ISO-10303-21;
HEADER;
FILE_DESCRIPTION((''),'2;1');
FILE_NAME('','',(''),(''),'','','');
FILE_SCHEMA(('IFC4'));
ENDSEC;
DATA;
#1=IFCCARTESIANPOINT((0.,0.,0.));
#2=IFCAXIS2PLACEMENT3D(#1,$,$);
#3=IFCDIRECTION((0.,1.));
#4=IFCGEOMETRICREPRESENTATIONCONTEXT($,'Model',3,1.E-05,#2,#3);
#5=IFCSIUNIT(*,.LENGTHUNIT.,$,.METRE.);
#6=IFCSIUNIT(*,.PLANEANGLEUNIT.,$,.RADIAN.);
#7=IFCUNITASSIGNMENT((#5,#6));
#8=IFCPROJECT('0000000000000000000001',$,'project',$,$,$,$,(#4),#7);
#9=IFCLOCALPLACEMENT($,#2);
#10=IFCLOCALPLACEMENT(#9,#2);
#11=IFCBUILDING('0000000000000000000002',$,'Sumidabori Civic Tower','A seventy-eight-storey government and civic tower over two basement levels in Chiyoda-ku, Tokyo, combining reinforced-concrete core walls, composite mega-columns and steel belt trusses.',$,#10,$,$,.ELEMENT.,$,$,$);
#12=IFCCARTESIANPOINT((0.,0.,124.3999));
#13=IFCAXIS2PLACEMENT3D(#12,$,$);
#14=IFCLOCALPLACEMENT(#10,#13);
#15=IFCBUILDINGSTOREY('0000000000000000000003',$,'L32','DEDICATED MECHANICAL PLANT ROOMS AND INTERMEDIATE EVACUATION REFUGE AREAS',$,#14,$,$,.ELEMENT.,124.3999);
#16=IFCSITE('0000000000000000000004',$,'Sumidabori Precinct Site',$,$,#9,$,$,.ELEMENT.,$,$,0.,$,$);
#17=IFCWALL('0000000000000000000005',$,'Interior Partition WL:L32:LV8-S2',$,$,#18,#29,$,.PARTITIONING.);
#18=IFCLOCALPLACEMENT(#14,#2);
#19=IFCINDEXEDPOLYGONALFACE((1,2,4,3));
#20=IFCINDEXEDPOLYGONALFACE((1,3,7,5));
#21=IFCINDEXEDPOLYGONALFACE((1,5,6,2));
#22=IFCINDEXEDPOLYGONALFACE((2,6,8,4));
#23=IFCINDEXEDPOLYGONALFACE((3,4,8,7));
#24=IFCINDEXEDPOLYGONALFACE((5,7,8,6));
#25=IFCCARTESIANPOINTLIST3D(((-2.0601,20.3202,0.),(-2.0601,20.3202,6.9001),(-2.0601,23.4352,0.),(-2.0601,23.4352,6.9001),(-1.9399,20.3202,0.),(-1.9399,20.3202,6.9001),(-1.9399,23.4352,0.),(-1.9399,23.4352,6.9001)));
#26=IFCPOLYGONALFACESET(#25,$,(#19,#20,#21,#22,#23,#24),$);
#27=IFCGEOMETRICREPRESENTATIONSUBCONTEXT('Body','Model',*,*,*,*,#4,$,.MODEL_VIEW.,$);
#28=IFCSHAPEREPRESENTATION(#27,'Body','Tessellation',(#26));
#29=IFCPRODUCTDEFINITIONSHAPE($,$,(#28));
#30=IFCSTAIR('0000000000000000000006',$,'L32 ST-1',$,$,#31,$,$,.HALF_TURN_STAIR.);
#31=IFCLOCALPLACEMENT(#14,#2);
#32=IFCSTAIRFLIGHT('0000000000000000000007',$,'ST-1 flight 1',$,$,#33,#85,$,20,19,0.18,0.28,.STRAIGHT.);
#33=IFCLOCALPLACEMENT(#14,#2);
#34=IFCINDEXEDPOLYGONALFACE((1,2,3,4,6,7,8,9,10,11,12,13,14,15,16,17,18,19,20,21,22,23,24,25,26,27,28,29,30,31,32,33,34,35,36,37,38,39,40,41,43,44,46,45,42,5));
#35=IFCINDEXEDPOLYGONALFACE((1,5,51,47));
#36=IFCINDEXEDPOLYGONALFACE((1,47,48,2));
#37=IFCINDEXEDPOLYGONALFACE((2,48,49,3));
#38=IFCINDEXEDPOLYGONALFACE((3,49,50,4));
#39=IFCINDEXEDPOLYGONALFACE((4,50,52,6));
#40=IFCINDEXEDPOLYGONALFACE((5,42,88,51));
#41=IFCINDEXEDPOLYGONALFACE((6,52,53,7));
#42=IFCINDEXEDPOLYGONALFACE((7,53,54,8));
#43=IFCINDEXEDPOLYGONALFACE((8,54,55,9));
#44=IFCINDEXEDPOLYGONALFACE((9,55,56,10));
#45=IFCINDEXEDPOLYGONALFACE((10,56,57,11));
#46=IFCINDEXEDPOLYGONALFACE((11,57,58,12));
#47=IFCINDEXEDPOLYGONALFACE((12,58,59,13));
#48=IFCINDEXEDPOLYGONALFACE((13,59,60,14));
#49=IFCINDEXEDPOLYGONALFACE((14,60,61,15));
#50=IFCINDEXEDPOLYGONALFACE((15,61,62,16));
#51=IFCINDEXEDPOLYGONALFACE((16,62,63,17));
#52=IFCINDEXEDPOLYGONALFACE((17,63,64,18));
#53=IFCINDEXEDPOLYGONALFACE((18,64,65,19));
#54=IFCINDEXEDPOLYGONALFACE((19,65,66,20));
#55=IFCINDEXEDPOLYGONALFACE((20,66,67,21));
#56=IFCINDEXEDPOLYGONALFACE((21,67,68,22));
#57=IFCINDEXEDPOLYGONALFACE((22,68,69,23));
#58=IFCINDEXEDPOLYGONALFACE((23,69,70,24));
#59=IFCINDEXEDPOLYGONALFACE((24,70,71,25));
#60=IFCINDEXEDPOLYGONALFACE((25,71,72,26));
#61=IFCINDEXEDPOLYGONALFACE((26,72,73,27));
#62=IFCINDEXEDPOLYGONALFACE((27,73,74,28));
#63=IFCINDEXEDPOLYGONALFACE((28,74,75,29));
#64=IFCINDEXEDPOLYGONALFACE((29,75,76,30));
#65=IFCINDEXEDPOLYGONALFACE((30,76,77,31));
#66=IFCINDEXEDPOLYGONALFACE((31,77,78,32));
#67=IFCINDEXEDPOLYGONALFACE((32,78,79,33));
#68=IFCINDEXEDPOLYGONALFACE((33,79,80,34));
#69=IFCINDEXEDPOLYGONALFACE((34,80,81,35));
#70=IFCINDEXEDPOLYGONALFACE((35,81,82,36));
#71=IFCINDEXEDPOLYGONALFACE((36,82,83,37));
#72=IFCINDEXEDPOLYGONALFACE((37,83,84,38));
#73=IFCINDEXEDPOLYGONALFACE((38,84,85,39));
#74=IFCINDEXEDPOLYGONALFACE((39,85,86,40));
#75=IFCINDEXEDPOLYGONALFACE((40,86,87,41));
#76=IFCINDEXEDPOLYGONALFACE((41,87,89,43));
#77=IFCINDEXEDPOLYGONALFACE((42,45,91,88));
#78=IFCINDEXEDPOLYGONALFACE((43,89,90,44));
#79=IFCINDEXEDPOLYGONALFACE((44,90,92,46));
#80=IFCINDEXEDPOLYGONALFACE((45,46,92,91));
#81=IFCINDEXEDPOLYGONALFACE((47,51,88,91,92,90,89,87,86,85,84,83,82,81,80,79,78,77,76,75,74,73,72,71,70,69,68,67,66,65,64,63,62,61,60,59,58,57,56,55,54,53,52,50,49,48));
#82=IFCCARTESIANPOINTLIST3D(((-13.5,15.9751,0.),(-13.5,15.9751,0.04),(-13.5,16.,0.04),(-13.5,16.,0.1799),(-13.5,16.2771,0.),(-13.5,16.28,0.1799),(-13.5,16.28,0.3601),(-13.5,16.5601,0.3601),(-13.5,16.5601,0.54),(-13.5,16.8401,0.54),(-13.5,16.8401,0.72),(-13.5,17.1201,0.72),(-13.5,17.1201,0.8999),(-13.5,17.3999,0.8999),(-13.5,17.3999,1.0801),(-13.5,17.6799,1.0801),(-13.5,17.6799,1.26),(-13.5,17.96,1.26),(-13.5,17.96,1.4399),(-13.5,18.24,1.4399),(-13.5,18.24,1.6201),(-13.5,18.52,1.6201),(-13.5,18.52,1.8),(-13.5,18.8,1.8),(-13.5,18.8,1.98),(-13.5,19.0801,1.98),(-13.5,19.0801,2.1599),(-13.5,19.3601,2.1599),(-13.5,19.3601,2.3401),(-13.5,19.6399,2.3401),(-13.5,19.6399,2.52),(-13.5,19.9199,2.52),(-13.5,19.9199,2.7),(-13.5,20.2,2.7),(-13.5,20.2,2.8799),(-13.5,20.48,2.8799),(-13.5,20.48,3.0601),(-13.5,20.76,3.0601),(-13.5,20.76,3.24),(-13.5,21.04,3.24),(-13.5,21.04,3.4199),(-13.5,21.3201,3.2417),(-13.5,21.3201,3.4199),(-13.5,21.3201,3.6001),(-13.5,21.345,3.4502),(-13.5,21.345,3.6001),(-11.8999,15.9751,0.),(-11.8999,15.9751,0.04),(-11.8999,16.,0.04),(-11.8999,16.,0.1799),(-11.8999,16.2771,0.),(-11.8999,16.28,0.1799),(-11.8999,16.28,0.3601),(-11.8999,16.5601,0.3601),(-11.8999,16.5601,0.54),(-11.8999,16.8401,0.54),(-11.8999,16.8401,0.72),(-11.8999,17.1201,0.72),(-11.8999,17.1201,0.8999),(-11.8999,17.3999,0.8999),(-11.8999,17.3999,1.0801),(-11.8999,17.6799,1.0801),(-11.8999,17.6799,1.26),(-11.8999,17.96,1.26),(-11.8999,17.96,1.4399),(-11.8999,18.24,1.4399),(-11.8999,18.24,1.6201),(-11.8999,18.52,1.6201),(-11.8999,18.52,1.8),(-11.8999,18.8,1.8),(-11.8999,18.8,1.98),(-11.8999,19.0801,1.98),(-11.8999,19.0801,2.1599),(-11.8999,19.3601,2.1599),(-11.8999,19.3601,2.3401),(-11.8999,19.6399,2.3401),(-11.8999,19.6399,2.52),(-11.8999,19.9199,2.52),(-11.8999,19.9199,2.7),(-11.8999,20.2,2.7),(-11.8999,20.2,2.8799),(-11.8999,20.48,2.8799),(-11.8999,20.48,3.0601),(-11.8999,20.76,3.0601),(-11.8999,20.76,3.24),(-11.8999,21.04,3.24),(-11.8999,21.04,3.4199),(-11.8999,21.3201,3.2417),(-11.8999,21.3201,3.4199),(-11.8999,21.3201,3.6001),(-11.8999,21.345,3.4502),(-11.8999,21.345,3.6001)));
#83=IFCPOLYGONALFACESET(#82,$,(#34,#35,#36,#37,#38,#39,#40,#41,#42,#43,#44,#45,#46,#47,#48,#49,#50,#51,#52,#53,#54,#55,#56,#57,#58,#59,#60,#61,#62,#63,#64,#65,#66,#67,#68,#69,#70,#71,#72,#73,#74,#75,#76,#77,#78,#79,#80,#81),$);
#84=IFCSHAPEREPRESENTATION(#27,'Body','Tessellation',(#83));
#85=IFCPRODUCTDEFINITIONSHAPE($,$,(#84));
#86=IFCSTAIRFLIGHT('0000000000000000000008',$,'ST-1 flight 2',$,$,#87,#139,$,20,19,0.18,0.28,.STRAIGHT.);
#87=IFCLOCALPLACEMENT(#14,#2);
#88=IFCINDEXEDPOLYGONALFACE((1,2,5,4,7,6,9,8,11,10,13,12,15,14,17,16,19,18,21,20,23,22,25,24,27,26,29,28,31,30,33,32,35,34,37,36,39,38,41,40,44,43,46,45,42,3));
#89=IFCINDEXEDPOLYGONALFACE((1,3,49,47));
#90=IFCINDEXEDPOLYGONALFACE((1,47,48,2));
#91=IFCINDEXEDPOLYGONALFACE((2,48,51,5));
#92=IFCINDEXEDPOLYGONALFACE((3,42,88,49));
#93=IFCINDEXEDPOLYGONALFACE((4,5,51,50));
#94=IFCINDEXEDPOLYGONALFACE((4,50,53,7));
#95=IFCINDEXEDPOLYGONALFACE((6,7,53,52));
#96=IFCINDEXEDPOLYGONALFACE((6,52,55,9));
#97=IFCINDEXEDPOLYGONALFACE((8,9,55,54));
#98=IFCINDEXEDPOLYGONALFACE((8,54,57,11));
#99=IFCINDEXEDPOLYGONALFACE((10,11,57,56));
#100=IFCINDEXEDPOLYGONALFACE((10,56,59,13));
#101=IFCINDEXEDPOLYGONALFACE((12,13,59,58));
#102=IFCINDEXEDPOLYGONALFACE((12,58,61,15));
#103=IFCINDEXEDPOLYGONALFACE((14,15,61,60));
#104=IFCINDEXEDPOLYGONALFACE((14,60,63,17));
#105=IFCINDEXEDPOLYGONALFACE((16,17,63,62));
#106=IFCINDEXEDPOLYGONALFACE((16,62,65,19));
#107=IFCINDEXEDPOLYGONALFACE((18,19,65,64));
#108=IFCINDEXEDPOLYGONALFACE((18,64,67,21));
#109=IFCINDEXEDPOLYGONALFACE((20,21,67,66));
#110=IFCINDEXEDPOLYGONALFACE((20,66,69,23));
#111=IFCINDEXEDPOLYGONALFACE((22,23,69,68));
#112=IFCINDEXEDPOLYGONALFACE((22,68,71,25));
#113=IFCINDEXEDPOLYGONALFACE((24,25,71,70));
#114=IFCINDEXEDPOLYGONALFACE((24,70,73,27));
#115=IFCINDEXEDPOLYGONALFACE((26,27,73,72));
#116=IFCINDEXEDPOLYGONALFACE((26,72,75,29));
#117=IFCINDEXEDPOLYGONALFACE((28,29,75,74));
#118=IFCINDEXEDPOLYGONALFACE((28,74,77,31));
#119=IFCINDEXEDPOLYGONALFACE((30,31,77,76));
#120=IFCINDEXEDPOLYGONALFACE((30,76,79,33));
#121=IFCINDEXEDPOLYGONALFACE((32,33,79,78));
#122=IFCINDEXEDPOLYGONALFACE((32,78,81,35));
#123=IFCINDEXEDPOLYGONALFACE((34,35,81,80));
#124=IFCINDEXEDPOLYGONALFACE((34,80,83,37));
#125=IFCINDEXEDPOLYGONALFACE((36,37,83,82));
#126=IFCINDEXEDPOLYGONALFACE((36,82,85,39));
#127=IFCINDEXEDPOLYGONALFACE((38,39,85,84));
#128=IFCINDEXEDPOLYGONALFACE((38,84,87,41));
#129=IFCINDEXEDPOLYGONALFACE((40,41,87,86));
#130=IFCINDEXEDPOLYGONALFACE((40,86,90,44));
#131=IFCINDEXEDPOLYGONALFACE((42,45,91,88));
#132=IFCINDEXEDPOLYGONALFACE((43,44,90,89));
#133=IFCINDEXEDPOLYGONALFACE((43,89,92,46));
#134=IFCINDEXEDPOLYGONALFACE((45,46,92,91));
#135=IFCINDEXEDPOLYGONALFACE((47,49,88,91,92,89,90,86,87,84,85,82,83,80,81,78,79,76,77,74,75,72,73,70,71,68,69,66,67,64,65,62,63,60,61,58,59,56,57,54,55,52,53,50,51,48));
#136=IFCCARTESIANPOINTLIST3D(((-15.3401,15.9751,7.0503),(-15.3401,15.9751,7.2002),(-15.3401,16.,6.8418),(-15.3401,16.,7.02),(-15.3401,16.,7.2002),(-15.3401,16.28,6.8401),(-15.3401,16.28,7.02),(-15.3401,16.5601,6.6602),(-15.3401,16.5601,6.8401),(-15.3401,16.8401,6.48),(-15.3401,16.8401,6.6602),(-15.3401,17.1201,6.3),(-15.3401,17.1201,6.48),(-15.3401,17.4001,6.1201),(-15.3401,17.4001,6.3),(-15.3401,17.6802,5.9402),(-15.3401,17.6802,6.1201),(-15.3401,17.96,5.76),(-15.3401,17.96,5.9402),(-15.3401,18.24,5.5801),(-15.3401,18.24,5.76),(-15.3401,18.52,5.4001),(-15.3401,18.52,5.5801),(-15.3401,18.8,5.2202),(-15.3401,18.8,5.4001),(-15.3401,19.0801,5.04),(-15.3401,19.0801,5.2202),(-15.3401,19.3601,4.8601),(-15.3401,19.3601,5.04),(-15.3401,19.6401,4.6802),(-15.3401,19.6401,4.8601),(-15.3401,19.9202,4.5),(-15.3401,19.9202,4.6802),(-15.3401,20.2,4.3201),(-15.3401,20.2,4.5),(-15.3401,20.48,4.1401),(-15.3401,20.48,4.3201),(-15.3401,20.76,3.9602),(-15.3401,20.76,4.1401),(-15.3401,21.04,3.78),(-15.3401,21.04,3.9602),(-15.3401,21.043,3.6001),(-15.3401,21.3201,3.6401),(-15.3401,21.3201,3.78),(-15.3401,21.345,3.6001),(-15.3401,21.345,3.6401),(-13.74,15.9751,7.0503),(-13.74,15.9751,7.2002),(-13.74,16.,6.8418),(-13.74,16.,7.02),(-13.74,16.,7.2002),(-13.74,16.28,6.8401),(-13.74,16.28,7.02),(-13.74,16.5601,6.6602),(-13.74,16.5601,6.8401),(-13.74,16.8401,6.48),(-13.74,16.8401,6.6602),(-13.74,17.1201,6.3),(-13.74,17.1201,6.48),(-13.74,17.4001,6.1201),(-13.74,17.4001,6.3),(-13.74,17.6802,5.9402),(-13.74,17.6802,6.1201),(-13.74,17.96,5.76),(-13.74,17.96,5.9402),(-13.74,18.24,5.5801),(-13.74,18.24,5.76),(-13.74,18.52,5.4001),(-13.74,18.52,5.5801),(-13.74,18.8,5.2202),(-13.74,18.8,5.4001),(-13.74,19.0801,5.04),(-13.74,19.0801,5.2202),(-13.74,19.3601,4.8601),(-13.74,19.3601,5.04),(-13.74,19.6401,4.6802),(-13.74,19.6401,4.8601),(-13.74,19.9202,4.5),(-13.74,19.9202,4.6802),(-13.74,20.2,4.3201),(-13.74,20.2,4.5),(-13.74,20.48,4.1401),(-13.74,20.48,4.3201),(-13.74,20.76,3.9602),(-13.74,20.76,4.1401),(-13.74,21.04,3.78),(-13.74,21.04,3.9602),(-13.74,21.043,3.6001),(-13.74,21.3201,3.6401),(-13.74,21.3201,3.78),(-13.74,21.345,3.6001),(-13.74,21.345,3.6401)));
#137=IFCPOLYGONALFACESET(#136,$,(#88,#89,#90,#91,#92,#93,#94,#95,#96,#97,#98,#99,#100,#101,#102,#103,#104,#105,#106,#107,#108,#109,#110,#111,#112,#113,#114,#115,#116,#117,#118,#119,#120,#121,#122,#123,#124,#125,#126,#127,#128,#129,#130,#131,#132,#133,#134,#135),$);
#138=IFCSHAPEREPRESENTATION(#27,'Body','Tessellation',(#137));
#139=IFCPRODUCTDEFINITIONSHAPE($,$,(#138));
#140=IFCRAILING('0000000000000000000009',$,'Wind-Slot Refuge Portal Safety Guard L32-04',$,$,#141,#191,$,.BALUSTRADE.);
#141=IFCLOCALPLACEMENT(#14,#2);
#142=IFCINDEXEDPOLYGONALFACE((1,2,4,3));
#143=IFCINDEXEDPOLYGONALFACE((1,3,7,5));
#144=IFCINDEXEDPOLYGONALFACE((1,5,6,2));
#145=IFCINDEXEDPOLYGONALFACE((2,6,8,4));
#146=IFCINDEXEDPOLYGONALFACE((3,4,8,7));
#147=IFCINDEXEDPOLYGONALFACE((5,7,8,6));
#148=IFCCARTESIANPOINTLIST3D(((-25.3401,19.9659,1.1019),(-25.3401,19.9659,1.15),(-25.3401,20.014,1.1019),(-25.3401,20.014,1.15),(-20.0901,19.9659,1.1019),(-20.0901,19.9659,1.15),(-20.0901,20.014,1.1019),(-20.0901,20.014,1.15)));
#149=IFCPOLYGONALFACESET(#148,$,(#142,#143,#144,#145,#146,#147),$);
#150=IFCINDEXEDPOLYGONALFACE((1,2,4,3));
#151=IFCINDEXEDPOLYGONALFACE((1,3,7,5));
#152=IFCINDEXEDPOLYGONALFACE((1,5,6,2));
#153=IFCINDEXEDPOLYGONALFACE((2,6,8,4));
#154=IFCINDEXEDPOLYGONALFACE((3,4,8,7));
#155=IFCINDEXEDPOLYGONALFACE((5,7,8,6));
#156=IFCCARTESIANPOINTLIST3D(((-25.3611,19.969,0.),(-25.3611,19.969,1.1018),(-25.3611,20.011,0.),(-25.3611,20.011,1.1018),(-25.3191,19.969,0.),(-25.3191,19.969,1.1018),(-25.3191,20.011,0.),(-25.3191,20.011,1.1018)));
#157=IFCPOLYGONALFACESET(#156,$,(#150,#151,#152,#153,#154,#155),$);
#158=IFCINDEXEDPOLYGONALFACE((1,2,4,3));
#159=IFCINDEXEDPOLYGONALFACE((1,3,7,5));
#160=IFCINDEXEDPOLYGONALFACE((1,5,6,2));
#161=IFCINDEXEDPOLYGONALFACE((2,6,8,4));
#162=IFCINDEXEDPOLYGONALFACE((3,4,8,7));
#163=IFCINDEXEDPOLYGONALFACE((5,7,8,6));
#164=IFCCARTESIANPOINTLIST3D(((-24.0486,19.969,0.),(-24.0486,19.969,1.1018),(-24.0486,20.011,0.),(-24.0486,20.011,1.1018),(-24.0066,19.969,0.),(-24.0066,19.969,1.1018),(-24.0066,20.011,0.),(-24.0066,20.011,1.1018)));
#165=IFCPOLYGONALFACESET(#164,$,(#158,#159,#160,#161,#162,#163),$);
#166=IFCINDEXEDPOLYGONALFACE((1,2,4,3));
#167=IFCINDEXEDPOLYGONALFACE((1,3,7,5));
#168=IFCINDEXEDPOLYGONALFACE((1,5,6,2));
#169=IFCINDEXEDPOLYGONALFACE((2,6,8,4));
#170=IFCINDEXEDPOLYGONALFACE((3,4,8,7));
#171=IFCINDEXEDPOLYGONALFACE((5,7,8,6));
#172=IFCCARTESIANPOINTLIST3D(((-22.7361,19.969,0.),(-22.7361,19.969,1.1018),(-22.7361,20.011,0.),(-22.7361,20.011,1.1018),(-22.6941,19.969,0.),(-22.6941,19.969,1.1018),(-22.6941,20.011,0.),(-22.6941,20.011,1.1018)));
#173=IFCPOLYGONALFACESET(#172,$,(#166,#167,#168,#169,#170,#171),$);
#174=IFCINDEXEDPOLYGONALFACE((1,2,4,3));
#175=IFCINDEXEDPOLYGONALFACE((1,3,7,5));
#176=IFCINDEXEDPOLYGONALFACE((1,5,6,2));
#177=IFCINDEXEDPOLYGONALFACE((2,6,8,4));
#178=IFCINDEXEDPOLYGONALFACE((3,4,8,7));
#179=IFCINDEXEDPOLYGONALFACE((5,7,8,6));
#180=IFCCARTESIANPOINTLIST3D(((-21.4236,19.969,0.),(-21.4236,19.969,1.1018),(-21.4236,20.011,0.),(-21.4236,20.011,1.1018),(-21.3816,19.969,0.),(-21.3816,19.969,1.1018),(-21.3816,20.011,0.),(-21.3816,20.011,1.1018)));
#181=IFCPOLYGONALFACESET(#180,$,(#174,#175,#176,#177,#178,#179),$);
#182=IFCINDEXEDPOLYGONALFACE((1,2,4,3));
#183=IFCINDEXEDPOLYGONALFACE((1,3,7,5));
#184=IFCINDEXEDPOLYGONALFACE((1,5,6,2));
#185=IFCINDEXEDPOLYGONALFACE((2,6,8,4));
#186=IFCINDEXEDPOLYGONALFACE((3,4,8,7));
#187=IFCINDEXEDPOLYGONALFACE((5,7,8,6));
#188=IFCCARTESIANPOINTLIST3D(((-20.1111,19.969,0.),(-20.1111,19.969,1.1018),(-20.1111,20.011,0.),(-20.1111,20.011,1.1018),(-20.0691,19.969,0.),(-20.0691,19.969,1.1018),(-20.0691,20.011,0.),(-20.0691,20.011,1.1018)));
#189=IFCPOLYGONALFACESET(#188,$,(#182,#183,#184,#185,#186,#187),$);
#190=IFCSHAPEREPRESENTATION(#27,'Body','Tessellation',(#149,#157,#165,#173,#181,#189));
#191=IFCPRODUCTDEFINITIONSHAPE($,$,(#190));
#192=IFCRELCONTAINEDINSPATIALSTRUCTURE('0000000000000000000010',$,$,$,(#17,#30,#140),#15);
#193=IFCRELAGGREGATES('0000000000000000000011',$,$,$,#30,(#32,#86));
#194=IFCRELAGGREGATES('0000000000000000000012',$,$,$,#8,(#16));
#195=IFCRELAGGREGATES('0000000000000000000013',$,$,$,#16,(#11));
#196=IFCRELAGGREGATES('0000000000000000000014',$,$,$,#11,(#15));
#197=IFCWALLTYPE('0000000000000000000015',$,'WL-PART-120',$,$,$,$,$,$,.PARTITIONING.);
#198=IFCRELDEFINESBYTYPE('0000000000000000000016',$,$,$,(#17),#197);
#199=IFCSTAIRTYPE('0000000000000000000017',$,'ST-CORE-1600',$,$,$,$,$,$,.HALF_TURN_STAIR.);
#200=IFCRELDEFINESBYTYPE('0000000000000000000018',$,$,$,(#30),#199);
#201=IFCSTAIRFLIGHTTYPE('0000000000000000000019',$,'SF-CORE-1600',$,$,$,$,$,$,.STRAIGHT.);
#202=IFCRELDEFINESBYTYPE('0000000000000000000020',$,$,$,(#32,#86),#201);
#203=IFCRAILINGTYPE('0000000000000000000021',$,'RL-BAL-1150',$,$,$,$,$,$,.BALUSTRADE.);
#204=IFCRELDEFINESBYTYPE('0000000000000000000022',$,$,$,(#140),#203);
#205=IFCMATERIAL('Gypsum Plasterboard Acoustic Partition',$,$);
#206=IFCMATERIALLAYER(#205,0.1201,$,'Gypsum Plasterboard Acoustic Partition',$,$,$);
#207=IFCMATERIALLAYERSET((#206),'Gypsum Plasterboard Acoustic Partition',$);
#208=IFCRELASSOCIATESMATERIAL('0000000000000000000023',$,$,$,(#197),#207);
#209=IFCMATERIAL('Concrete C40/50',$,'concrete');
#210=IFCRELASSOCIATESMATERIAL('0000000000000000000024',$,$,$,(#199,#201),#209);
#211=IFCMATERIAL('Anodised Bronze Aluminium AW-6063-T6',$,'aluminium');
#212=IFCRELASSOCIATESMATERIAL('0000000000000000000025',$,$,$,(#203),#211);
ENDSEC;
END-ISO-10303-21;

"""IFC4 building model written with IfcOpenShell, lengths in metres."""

from ifc_helpers import new_model, si_unit, direction, frame, frame_2d, origin, origin_2d, place, context, subcontext, project, spatial, polyline, rectangle, outline, extrude, source, transform, mapped, material, layer, layer_set, type_object, element, aggregate, save


model = new_model("IFC4")

# Units and contexts
model_context = context("Model", 3, precision=1e-05, world=origin(), true_north=direction((0.0, 1.0)))
body_context = subcontext(model_context, "Body", "Model", "MODEL_VIEW")
ifc_project = project(units=[si_unit("LENGTHUNIT", "METRE"), si_unit("PLANEANGLEUNIT", "RADIAN")], contexts=[model_context])

# Site, building, storey
site_placement = place(None, origin())
site = spatial("IfcSite", under=ifc_project, at=site_placement, Name="Sumidabori Precinct Site", CompositionType="ELEMENT", RefElevation=0.0)
building_placement = place(site_placement, origin())
building = spatial("IfcBuilding", under=site, at=building_placement, Name="Sumidabori Civic Tower", Description="A seventy-eight-storey government and civic tower over two basement levels in Chiyoda-ku, Tokyo, combining reinforced-concrete core walls, composite mega-columns and steel belt trusses.", CompositionType="ELEMENT")
storey_placement = place(building_placement, frame((0.0, 0.0, 124.3999)))
storey = spatial("IfcBuildingStorey", under=building, at=storey_placement, Name="L32", Description="DEDICATED MECHANICAL PLANT ROOMS AND INTERMEDIATE EVACUATION REFUGE AREAS", CompositionType="ELEMENT", Elevation=124.3999)

# Shared definitions
ifc_material_1 = material(Name="Gypsum Plasterboard Acoustic Partition")

# Wall
ifc_layer_1 = layer(ifc_material_1, 0.1201, Name="Gypsum Plasterboard Acoustic Partition")
ifc_layer_set_1 = layer_set([ifc_layer_1], Name="Gypsum Plasterboard Acoustic Partition")
wall_type_1 = type_object("IfcWallType", Name="WL-PART-120", PredefinedType="PARTITIONING", material=ifc_layer_set_1)
shared_shape_1 = source(origin(), body_context, "Body", "SweptSolid", [
    extrude(rectangle(XDim=3.115, YDim=0.1201, at=frame_2d((1.5576, 0.0))), origin(), (0.0, 0.0, 1.0), 6.9001),
])
for number, where, z_axis, x_axis, name in (
    (1, (-2.0, 20.3201, 0.0), (0.0, 0.0, 1.0), (0.0, 1.0, 0.0), "Interior Partition WL:L32:LV8-S2"),
):
    element("IfcWall", number, at=place(storey_placement, frame(where, z_axis=z_axis, x_axis=x_axis)), inside=storey, type_object=wall_type_1, Name=name, PredefinedType="PARTITIONING", context=body_context, shape_type="MappedRepresentation", body=[
        mapped(shared_shape_1, transform((0.0, 0.0, 0.0), x_axis=(1.0, 0.0, 0.0), y_axis=(0.0, 1.0, 0.0), z_axis=(0.0, 0.0, 1.0), scale=1.0)),
    ])

# Stair, stair flights
ifc_material_2 = material(Name="Concrete C40/50", Category="concrete")
stair_type = type_object("IfcStairType", Name="ST-CORE-1600", PredefinedType="HALF_TURN_STAIR", material=ifc_material_2)
stair_placement = place(storey_placement, origin())
stair = element("IfcStair", 2, at=stair_placement, inside=storey, type_object=stair_type, Name="L32 ST-1", PredefinedType="HALF_TURN_STAIR")
stair_flight_type = type_object("IfcStairFlightType", Name="SF-CORE-1600", PredefinedType="STRAIGHT", material=ifc_material_2)
shared_shape_2 = source(origin(), body_context, "Body", "SweptSolid", [
    extrude(outline(polyline([(-0.0249, 0.0), (-0.0249, 0.04), (0.0, 0.04), (0.0, 0.1799), (0.28, 0.1799), (0.28, 0.3601), (0.5601, 0.3601), (0.5601, 0.54), (0.8401, 0.54), (0.8401, 0.72), (1.1201, 0.72), (1.1201, 0.8999), (1.3999, 0.8999), (1.3999, 1.0801), (1.6799, 1.0801), (1.6799, 1.26), (1.96, 1.26), (1.96, 1.4399), (2.24, 1.4399), (2.24, 1.6201), (2.52, 1.6201), (2.52, 1.8), (2.8, 1.8), (2.8, 1.98), (3.0801, 1.98), (3.0801, 2.1599), (3.3601, 2.1599), (3.3601, 2.3401), (3.6399, 2.3401), (3.6399, 2.52), (3.9199, 2.52), (3.9199, 2.7), (4.2, 2.7), (4.2, 2.8799), (4.48, 2.8799), (4.48, 3.0601), (4.76, 3.0601), (4.76, 3.24), (5.04, 3.24), (5.04, 3.4199), (5.3201, 3.4199), (5.3201, 3.6001), (5.345, 3.6001), (5.345, 3.4502), (5.3201, 3.2417), (0.2771, 0.0), (-0.0249, 0.0)])), frame((0.0, 0.8, 0.0), z_axis=(0.0, -1.0, 0.0), x_axis=(1.0, 0.0, 0.0)), (0.0, 0.0, 1.0), 1.6001),
])
stair_flight_1_placement = place(storey_placement, frame((-12.7, 16.0, 0.0), z_axis=(0.0, 0.0, 1.0), x_axis=(0.0, 1.0, 0.0)))
stair_flight_1 = element("IfcStairFlight", 3, at=stair_flight_1_placement, type_object=stair_flight_type, Name="ST-1 flight 1", NumberOfRisers=20, NumberOfTreads=19, PredefinedType="STRAIGHT", RiserHeight=0.18, TreadLength=0.28, context=body_context, shape_type="MappedRepresentation", body=[
    mapped(shared_shape_2, transform((0.0, 0.0, 0.0), x_axis=(1.0, 0.0, 0.0), y_axis=(0.0, 1.0, 0.0), z_axis=(0.0, 0.0, 1.0), scale=1.0)),
])
stair_flight_2_placement = place(storey_placement, frame((-14.54, 21.3201, 3.6001), z_axis=(0.0, 0.0, 1.0), x_axis=(0.0, -1.0, 0.0)))
stair_flight_2 = element("IfcStairFlight", 4, at=stair_flight_2_placement, type_object=stair_flight_type, Name="ST-1 flight 2", NumberOfRisers=20, NumberOfTreads=19, PredefinedType="STRAIGHT", RiserHeight=0.18, TreadLength=0.28, context=body_context, shape_type="MappedRepresentation", body=[
    mapped(shared_shape_2, transform((0.0, 0.0, 0.0), x_axis=(1.0, 0.0, 0.0), y_axis=(0.0, 1.0, 0.0), z_axis=(0.0, 0.0, 1.0), scale=1.0)),
])
aggregate(stair, [stair_flight_1, stair_flight_2])

# Railing
ifc_material_3 = material(Name="Anodised Bronze Aluminium AW-6063-T6", Category="aluminium")
railing_type_1 = type_object("IfcRailingType", Name="RL-BAL-1150", PredefinedType="BALUSTRADE", material=ifc_material_3)
railing_1_placement = place(storey_placement, frame((-25.3401, 19.99, 0.0)))
element("IfcRailing", 5, at=railing_1_placement, inside=storey, type_object=railing_type_1, Name="Wind-Slot Refuge Portal Safety Guard L32-04", PredefinedType="BALUSTRADE", context=body_context, shape_type="SweptSolid", body=[
    extrude(rectangle(XDim=0.0481, YDim=0.0481, at=origin_2d()), frame((0.0, 0.0, 1.126), z_axis=(1.0, 0.0, 0.0), x_axis=(0.0, 1.0, 0.0)), (0.0, 0.0, 1.0), 5.25),
    extrude(rectangle(XDim=0.042, YDim=0.042, at=origin_2d()), origin(), (0.0, 0.0, 1.0), 1.1018),
    extrude(rectangle(XDim=0.042, YDim=0.042, at=origin_2d()), frame((1.3125, 0.0, 0.0)), (0.0, 0.0, 1.0), 1.1018),
    extrude(rectangle(XDim=0.042, YDim=0.042, at=origin_2d()), frame((2.625, 0.0, 0.0)), (0.0, 0.0, 1.0), 1.1018),
    extrude(rectangle(XDim=0.042, YDim=0.042, at=origin_2d()), frame((3.9375, 0.0, 0.0)), (0.0, 0.0, 1.0), 1.1018),
    extrude(rectangle(XDim=0.042, YDim=0.042, at=origin_2d()), frame((5.25, 0.0, 0.0)), (0.0, 0.0, 1.0), 1.1018),
])

save(model, "model.ifc")
